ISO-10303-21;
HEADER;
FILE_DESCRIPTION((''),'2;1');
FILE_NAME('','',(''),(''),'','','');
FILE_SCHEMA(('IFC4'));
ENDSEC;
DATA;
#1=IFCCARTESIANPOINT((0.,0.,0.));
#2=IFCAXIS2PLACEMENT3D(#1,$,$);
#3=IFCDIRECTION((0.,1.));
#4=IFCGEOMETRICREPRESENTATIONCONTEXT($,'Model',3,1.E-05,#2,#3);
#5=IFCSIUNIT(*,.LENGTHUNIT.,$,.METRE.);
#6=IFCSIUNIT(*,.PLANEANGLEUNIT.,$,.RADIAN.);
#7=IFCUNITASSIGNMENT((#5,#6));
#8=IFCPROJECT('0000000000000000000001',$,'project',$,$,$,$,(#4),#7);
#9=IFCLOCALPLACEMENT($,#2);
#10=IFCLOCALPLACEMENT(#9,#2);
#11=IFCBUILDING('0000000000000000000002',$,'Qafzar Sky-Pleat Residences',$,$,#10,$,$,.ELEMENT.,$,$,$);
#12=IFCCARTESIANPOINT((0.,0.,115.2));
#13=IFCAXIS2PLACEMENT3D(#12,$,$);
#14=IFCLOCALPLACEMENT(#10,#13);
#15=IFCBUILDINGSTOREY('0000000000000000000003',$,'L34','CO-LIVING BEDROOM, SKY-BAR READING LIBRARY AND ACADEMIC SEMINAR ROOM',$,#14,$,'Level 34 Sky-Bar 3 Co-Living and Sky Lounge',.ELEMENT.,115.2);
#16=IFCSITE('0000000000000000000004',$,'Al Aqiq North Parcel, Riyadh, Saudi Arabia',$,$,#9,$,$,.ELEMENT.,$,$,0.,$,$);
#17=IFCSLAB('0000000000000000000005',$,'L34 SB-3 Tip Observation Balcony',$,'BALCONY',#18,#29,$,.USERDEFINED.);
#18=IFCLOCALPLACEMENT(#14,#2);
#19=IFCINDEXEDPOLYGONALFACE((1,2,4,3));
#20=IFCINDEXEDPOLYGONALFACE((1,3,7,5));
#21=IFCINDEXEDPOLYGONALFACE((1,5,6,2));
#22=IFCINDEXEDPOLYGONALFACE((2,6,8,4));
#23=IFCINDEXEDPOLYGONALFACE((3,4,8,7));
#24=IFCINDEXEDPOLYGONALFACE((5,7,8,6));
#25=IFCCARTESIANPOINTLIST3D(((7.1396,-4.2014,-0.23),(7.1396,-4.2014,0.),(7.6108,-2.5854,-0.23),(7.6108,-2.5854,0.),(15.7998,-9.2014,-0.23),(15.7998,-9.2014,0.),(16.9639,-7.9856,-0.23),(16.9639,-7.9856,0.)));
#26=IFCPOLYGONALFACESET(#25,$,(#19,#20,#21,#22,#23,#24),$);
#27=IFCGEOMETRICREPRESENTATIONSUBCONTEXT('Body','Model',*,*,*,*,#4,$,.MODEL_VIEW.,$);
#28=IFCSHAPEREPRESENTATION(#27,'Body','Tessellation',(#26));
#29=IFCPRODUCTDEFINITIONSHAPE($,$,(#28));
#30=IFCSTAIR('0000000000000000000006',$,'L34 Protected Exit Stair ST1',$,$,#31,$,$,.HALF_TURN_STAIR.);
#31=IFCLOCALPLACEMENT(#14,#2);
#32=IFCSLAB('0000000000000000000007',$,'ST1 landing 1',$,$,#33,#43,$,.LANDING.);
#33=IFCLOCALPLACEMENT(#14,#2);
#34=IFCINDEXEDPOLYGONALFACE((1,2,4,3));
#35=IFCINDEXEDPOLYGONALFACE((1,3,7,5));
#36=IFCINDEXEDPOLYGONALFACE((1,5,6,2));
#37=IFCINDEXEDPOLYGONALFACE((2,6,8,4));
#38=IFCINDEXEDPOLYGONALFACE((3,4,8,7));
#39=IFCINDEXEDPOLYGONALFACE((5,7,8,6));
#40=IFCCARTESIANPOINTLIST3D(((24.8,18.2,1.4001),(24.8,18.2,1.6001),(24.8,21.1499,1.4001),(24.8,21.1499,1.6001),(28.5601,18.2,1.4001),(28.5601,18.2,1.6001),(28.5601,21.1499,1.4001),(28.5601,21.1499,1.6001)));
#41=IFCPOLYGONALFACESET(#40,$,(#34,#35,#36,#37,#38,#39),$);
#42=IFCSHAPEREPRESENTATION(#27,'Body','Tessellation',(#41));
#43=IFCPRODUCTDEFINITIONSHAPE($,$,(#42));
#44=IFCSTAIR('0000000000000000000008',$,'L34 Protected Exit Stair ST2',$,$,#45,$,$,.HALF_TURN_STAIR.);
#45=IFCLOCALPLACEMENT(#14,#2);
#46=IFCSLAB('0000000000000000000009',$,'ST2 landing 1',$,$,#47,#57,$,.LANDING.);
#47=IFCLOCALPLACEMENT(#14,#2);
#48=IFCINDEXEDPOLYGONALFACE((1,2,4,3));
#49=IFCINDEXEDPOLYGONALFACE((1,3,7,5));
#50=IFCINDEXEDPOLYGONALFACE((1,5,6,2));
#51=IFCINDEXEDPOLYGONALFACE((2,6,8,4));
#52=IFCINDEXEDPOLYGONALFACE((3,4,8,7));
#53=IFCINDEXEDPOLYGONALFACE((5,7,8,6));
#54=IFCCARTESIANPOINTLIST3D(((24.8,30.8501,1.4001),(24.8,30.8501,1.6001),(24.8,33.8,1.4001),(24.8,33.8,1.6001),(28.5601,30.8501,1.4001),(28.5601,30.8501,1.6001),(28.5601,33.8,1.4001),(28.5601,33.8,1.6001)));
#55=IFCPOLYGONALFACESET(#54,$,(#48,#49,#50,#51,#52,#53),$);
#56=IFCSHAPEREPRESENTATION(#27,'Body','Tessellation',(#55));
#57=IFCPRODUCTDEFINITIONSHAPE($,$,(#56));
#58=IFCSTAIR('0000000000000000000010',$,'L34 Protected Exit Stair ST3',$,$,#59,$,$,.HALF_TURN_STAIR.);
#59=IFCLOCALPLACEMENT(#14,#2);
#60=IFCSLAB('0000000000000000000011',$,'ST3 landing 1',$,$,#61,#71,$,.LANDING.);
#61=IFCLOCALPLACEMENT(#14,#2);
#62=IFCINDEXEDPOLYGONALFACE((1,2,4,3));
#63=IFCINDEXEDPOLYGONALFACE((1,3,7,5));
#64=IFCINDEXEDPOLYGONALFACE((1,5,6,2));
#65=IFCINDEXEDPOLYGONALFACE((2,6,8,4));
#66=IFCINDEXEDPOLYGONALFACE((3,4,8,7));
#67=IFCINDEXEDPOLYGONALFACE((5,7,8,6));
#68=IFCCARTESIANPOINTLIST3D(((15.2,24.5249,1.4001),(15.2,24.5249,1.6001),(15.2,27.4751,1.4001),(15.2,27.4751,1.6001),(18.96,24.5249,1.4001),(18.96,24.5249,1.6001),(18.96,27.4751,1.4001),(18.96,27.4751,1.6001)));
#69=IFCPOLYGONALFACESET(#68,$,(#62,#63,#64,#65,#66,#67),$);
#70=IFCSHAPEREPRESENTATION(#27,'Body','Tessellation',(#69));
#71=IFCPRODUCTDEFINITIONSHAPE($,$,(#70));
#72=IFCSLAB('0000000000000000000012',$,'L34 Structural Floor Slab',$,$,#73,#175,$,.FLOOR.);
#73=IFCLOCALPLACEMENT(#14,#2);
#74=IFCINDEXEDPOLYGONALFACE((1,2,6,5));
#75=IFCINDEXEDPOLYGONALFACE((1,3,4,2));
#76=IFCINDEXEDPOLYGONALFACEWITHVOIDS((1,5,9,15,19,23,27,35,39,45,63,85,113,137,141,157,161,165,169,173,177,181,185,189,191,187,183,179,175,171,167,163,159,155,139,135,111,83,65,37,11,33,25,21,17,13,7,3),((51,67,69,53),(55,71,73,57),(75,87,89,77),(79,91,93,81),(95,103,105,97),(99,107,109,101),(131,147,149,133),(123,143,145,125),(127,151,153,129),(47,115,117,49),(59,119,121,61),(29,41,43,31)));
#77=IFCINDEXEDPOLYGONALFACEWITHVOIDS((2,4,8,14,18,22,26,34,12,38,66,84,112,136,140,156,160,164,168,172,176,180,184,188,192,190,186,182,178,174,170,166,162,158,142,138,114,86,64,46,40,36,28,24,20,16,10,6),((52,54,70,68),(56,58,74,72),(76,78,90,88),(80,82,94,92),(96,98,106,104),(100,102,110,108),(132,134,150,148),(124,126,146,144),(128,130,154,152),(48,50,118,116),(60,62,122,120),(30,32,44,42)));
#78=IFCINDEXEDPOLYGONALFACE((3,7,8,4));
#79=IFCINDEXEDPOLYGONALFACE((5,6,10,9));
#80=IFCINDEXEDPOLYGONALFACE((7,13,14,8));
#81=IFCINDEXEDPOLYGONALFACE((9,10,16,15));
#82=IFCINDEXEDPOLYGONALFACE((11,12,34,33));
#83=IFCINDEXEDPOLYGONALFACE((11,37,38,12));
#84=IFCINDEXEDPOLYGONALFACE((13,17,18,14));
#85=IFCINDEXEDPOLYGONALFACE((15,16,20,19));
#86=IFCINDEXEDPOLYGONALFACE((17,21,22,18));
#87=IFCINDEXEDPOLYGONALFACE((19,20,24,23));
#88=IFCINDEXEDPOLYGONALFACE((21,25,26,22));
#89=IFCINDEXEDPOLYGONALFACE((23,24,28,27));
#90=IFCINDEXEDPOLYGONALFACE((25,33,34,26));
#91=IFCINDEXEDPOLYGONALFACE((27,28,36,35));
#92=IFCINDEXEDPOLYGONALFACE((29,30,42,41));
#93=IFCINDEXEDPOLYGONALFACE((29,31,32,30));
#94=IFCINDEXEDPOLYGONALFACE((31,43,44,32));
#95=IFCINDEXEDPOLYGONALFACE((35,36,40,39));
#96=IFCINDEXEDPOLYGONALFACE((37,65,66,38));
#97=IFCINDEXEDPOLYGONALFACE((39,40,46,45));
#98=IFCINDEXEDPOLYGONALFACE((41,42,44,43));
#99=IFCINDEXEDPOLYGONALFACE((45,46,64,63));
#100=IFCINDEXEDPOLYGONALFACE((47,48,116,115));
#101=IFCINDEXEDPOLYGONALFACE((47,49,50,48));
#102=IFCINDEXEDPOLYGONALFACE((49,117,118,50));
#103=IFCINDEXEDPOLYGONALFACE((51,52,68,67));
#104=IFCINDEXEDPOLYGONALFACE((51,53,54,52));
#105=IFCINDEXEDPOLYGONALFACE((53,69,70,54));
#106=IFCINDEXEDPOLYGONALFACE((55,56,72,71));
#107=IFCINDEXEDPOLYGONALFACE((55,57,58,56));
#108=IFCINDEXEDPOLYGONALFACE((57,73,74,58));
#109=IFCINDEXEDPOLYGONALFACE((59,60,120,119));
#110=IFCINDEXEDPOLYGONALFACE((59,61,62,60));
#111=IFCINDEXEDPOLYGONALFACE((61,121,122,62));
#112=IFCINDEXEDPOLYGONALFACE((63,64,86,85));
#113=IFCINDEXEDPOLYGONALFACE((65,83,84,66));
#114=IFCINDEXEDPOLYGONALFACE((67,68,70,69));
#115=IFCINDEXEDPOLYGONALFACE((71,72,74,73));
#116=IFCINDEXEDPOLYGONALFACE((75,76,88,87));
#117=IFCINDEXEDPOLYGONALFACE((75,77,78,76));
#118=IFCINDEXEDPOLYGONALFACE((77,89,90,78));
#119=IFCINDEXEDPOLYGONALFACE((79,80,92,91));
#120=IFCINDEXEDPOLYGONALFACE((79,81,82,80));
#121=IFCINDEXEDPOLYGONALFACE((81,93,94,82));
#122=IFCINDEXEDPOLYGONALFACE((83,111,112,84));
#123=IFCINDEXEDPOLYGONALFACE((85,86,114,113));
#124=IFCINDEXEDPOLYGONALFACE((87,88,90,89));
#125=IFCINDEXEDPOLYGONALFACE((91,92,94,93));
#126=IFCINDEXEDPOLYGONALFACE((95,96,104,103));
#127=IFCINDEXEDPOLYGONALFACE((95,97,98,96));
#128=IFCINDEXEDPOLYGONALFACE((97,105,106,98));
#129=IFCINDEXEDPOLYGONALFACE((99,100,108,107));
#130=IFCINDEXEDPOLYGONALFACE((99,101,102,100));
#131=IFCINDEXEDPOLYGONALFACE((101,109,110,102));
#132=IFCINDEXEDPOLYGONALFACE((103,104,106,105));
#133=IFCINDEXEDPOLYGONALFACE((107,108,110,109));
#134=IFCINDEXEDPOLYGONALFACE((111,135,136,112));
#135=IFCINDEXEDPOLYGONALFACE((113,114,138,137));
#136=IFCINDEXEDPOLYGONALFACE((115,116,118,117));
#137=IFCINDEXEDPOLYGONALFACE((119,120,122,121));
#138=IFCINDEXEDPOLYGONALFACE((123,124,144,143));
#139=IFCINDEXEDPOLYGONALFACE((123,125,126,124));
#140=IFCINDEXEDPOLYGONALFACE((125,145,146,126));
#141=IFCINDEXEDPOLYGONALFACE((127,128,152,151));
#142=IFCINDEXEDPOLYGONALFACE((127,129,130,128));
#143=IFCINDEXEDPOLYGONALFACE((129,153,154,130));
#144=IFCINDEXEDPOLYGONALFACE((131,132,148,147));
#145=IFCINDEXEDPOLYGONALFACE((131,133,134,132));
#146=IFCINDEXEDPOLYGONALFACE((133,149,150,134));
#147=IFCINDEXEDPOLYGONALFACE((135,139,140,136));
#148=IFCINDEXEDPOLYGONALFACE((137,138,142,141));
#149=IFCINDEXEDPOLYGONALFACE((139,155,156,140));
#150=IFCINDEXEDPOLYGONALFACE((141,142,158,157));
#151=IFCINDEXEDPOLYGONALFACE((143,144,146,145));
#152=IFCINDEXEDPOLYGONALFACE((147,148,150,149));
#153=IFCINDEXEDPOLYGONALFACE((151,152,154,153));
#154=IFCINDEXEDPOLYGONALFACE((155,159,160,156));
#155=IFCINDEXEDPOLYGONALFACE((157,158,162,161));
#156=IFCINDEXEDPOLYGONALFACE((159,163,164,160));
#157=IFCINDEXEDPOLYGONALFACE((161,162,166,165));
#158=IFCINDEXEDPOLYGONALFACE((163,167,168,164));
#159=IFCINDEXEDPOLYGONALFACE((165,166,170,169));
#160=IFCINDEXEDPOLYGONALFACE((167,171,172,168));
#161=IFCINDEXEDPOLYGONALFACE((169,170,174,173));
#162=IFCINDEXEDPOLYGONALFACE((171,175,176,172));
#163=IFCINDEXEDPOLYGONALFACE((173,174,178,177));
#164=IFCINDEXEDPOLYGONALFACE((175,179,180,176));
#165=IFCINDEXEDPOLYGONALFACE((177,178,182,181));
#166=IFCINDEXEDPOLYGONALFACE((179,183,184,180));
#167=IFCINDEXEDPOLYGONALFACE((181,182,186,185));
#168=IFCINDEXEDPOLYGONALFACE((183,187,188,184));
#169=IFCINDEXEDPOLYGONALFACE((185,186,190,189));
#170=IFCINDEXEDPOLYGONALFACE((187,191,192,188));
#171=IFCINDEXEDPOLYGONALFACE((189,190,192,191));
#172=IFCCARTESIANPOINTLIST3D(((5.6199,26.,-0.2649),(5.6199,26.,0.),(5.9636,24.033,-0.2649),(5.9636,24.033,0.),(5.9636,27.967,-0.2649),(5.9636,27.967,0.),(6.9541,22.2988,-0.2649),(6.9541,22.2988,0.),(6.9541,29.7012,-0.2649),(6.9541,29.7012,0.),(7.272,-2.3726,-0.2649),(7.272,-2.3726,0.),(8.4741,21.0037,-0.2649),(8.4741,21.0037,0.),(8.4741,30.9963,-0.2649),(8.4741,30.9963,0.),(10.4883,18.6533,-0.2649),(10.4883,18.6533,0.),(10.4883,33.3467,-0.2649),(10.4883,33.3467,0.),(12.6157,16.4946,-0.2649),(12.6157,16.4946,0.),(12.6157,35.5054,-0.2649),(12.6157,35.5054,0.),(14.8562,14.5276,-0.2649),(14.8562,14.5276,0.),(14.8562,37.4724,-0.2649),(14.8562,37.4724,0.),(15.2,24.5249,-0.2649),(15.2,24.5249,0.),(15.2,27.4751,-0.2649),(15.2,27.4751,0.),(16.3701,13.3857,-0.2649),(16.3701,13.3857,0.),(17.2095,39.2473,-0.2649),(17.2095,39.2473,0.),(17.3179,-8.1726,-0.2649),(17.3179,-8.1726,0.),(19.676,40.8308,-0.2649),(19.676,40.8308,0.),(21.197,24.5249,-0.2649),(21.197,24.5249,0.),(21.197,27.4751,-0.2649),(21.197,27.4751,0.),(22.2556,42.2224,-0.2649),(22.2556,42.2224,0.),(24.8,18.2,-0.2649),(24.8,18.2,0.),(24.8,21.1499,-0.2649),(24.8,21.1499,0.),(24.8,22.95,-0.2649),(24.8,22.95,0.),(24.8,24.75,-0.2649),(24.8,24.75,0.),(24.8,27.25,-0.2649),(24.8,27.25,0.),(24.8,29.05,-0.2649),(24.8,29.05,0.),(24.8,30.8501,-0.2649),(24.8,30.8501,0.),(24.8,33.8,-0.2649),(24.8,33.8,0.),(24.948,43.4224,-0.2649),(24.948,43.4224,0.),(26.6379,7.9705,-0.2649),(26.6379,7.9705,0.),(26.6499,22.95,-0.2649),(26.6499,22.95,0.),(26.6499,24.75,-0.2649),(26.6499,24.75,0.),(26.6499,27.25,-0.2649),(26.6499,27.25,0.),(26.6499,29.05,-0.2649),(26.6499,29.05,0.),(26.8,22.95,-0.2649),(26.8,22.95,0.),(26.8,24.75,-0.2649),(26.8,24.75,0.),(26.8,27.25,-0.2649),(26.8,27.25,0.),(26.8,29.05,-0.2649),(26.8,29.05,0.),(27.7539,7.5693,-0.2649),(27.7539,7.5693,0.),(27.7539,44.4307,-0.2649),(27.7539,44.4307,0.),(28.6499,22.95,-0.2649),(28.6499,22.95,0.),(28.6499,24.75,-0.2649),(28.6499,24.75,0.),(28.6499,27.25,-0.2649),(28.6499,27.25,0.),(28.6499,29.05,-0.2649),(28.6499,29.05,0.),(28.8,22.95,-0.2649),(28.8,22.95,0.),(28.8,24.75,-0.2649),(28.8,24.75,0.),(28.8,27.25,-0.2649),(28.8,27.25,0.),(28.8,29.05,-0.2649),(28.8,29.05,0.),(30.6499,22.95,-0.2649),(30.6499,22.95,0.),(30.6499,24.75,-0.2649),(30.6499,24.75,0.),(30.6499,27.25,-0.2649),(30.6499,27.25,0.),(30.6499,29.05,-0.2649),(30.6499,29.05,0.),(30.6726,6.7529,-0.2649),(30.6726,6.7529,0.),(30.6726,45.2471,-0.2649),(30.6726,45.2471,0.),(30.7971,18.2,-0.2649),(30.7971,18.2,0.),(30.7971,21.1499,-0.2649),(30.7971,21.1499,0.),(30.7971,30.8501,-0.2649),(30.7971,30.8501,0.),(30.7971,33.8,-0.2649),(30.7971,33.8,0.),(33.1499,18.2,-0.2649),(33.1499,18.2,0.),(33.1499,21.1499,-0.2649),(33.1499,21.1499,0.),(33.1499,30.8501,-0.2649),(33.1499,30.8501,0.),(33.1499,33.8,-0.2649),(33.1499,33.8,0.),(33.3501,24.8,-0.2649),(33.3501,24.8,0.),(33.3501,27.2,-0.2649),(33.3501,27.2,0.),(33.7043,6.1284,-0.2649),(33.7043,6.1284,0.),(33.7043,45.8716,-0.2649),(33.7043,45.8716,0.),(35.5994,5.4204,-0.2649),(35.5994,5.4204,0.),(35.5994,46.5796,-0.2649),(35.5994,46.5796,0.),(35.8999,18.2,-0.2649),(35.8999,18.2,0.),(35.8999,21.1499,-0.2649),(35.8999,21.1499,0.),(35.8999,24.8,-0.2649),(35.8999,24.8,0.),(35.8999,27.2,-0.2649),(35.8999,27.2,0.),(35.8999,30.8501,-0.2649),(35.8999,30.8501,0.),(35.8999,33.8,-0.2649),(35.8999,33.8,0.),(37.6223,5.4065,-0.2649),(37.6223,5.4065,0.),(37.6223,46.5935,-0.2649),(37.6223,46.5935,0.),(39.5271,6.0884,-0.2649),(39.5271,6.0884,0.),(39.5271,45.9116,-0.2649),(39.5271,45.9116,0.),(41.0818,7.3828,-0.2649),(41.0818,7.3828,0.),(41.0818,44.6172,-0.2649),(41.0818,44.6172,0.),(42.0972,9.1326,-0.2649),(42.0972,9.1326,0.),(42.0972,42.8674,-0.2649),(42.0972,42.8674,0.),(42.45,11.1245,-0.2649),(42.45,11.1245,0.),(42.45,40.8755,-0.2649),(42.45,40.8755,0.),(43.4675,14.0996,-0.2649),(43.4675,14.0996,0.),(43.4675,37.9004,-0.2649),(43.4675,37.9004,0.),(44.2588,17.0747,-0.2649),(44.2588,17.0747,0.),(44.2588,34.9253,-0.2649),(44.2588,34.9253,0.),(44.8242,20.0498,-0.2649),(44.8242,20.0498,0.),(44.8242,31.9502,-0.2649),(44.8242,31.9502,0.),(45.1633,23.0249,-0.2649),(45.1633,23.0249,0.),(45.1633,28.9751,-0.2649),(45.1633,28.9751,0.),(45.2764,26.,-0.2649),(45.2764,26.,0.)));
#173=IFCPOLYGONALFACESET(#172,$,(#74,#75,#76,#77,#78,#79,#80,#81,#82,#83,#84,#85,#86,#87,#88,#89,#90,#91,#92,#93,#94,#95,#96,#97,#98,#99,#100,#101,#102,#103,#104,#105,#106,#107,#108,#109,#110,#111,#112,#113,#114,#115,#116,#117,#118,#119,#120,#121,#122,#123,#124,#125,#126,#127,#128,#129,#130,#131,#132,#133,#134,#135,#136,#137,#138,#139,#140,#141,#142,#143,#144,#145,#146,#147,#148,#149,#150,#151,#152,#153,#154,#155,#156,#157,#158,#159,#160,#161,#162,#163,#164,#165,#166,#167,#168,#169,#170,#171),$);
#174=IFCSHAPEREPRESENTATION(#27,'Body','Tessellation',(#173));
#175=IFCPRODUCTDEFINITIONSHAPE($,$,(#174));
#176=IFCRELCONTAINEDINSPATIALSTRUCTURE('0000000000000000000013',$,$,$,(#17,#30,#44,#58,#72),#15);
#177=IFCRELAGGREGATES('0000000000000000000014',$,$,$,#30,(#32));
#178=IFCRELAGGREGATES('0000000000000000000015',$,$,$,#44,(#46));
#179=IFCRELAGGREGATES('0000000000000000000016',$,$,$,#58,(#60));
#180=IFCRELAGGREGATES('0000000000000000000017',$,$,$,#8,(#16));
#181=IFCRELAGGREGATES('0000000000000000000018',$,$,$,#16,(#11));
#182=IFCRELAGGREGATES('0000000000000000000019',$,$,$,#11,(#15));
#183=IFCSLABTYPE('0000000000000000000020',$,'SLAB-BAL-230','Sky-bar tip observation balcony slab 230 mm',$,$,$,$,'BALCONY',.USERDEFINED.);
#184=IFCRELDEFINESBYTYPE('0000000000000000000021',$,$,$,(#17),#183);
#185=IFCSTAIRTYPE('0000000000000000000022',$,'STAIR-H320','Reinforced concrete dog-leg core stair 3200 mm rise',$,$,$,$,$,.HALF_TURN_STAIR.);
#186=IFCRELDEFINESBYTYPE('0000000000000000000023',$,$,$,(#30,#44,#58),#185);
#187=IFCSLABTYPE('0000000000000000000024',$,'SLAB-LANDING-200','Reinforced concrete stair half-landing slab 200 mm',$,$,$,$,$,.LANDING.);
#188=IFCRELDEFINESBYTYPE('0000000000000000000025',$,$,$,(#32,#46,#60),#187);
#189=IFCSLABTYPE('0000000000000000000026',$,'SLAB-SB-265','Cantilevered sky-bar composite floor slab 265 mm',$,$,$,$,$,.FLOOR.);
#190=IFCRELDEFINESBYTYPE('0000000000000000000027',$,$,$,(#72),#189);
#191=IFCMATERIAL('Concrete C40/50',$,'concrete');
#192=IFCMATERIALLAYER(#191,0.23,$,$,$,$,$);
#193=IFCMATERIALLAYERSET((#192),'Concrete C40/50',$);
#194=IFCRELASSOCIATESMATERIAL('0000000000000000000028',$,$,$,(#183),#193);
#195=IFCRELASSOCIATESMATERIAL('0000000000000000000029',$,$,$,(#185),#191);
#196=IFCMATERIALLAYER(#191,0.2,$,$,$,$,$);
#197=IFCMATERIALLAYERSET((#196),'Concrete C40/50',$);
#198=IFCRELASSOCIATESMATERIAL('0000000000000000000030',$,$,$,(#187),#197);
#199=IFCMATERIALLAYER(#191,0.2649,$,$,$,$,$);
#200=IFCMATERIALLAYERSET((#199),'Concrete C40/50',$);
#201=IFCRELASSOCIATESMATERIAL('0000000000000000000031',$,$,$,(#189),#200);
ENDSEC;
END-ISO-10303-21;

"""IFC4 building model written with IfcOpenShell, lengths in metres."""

from ifc_helpers import new_model, si_unit, direction, frame, origin, place, context, subcontext, project, spatial, polyline, outline, extrude, material, layer, layer_set, type_object, element, aggregate, save


model = new_model("IFC4")

# Units and contexts
model_context = context("Model", 3, precision=1e-05, world=origin(), true_north=direction((0.0, 1.0)))
body_context = subcontext(model_context, "Body", "Model", "MODEL_VIEW")
ifc_project = project(units=[si_unit("LENGTHUNIT", "METRE"), si_unit("PLANEANGLEUNIT", "RADIAN")], contexts=[model_context])

# Site, building, storey
site_placement = place(None, origin())
site = spatial("IfcSite", under=ifc_project, at=site_placement, Name="Al Aqiq North Parcel, Riyadh, Saudi Arabia", CompositionType="ELEMENT", RefElevation=0.0)
building_placement = place(site_placement, origin())
building = spatial("IfcBuilding", under=site, at=building_placement, Name="Qafzar Sky-Pleat Residences", CompositionType="ELEMENT")
storey_placement = place(building_placement, frame((0.0, 0.0, 115.2)))
storey = spatial("IfcBuildingStorey", under=building, at=storey_placement, Name="L34", Description="CO-LIVING BEDROOM, SKY-BAR READING LIBRARY AND ACADEMIC SEMINAR ROOM", LongName="Level 34 Sky-Bar 3 Co-Living and Sky Lounge", CompositionType="ELEMENT", Elevation=115.2)

# Slab
ifc_material_1 = material(Name="Concrete C40/50", Category="concrete")
ifc_layer_1 = layer(ifc_material_1, 0.23)
ifc_layer_set_1 = layer_set([ifc_layer_1], Name="Concrete C40/50")
slab_type_1 = type_object("IfcSlabType", Name="SLAB-BAL-230", Description="Sky-bar tip observation balcony slab 230 mm", ElementType="BALCONY", PredefinedType="USERDEFINED", material=ifc_layer_set_1)
slab_1_placement = place(storey_placement, frame((0.0, 0.0, -0.23)))
element("IfcSlab", 1, at=slab_1_placement, inside=storey, type_object=slab_type_1, Name="L34 SB-3 Tip Observation Balcony", ObjectType="BALCONY", PredefinedType="USERDEFINED", context=body_context, shape_type="SweptSolid", body=[
    extrude(outline(polyline([(7.6108, -2.5854), (7.1396, -4.2014), (15.7998, -9.2014), (16.9639, -7.9856), (7.6108, -2.5854)])), origin(), (0.0, 0.0, 1.0), 0.23),
])

# Stairs, slabs
stair_type = type_object("IfcStairType", Name="STAIR-H320", Description="Reinforced concrete dog-leg core stair 3200 mm rise", PredefinedType="HALF_TURN_STAIR", material=ifc_material_1)
stair_1_placement = place(storey_placement, origin())
stair_1 = element("IfcStair", 2, at=stair_1_placement, inside=storey, type_object=stair_type, Name="L34 Protected Exit Stair ST1", PredefinedType="HALF_TURN_STAIR")
ifc_layer_2 = layer(ifc_material_1, 0.2)
ifc_layer_set_2 = layer_set([ifc_layer_2], Name="Concrete C40/50")
slab_type_2 = type_object("IfcSlabType", Name="SLAB-LANDING-200", Description="Reinforced concrete stair half-landing slab 200 mm", PredefinedType="LANDING", material=ifc_layer_set_2)
slab_2_placement = place(storey_placement, frame((0.0, 0.0, 1.4001)))
slab_2 = element("IfcSlab", 3, at=slab_2_placement, type_object=slab_type_2, Name="ST1 landing 1", PredefinedType="LANDING", context=body_context, shape_type="SweptSolid", body=[
    extrude(outline(polyline([(28.5601, 21.1499), (24.8, 21.1499), (24.8, 18.2), (28.5601, 18.2), (28.5601, 21.1499)])), origin(), (0.0, 0.0, 1.0), 0.2),
])
aggregate(stair_1, [slab_2])
stair_2_placement = place(storey_placement, origin())
stair_2 = element("IfcStair", 4, at=stair_2_placement, inside=storey, type_object=stair_type, Name="L34 Protected Exit Stair ST2", PredefinedType="HALF_TURN_STAIR")
slab_3_placement = place(storey_placement, frame((0.0, 0.0, 1.4001)))
slab_3 = element("IfcSlab", 5, at=slab_3_placement, type_object=slab_type_2, Name="ST2 landing 1", PredefinedType="LANDING", context=body_context, shape_type="SweptSolid", body=[
    extrude(outline(polyline([(28.5601, 33.8), (24.8, 33.8), (24.8, 30.8501), (28.5601, 30.8501), (28.5601, 33.8)])), origin(), (0.0, 0.0, 1.0), 0.2),
])
aggregate(stair_2, [slab_3])
stair_3_placement = place(storey_placement, origin())
stair_3 = element("IfcStair", 6, at=stair_3_placement, inside=storey, type_object=stair_type, Name="L34 Protected Exit Stair ST3", PredefinedType="HALF_TURN_STAIR")
slab_4_placement = place(storey_placement, frame((0.0, 0.0, 1.4001)))
slab_4 = element("IfcSlab", 7, at=slab_4_placement, type_object=slab_type_2, Name="ST3 landing 1", PredefinedType="LANDING", context=body_context, shape_type="SweptSolid", body=[
    extrude(outline(polyline([(18.96, 27.4751), (15.2, 27.4751), (15.2, 24.5249), (18.96, 24.5249), (18.96, 27.4751)])), origin(), (0.0, 0.0, 1.0), 0.2),
])
aggregate(stair_3, [slab_4])

# Slab
ifc_layer_3 = layer(ifc_material_1, 0.2649)
ifc_layer_set_3 = layer_set([ifc_layer_3], Name="Concrete C40/50")
slab_type_3 = type_object("IfcSlabType", Name="SLAB-SB-265", Description="Cantilevered sky-bar composite floor slab 265 mm", PredefinedType="FLOOR", material=ifc_layer_set_3)
slab_5_placement = place(storey_placement, frame((0.0, 0.0, -0.2649)))
element("IfcSlab", 8, at=slab_5_placement, inside=storey, type_object=slab_type_3, Name="L34 Structural Floor Slab", PredefinedType="FLOOR", context=body_context, shape_type="SweptSolid", body=[
    extrude(outline(polyline([(17.3179, -8.1726), (7.272, -2.3726), (16.3701, 13.3857), (14.8562, 14.5276), (12.6157, 16.4946), (10.4883, 18.6533), (8.4741, 21.0037), (6.9541, 22.2988), (5.9636, 24.033), (5.6199, 26.0), (5.9636, 27.967), (6.9541, 29.7012), (8.4741, 30.9963), (10.4883, 33.3467), (12.6157, 35.5054), (14.8562, 37.4724), (17.2095, 39.2473), (19.676, 40.8308), (22.2556, 42.2224), (24.948, 43.4224), (27.7539, 44.4307), (30.6726, 45.2471), (33.7043, 45.8716), (35.5994, 46.5796), (37.6223, 46.5935), (39.5271, 45.9116), (41.0818, 44.6172), (42.0972, 42.8674), (42.45, 40.8755), (43.4675, 37.9004), (44.2588, 34.9253), (44.8242, 31.9502), (45.1633, 28.9751), (45.2764, 26.0), (45.1633, 23.0249), (44.8242, 20.0498), (44.2588, 17.0747), (43.4675, 14.0996), (42.45, 11.1245), (42.0972, 9.1326), (41.0818, 7.3828), (39.5271, 6.0884), (37.6223, 5.4065), (35.5994, 5.4204), (33.7043, 6.1284), (30.6726, 6.7529), (27.7539, 7.5693), (26.6379, 7.9705), (17.3179, -8.1726)]), holes=[polyline([(30.7971, 21.1499), (24.8, 21.1499), (24.8, 18.2), (30.7971, 18.2), (30.7971, 21.1499)]), polyline([(30.7971, 33.8), (24.8, 33.8), (24.8, 30.8501), (30.7971, 30.8501), (30.7971, 33.8)]), polyline([(21.197, 27.4751), (15.2, 27.4751), (15.2, 24.5249), (21.197, 24.5249), (21.197, 27.4751)]), polyline([(24.8, 22.95), (26.6499, 22.95), (26.6499, 24.75), (24.8, 24.75), (24.8, 22.95)]), polyline([(26.8, 22.95), (28.6499, 22.95), (28.6499, 24.75), (26.8, 24.75), (26.8, 22.95)]), polyline([(28.8, 22.95), (30.6499, 22.95), (30.6499, 24.75), (28.8, 24.75), (28.8, 22.95)]), polyline([(24.8, 27.25), (26.6499, 27.25), (26.6499, 29.05), (24.8, 29.05), (24.8, 27.25)]), polyline([(26.8, 27.25), (28.6499, 27.25), (28.6499, 29.05), (26.8, 29.05), (26.8, 27.25)]), polyline([(28.8, 27.25), (30.6499, 27.25), (30.6499, 29.05), (28.8, 29.05), (28.8, 27.25)]), polyline([(33.1499, 18.2), (35.8999, 18.2), (35.8999, 21.1499), (33.1499, 21.1499), (33.1499, 18.2)]), polyline([(33.1499, 30.8501), (35.8999, 30.8501), (35.8999, 33.8), (33.1499, 33.8), (33.1499, 30.8501)]), polyline([(33.3501, 24.8), (35.8999, 24.8), (35.8999, 27.2), (33.3501, 27.2), (33.3501, 24.8)])]), origin(), (0.0, 0.0, 1.0), 0.2649),
])

save(model, "model.ifc")
